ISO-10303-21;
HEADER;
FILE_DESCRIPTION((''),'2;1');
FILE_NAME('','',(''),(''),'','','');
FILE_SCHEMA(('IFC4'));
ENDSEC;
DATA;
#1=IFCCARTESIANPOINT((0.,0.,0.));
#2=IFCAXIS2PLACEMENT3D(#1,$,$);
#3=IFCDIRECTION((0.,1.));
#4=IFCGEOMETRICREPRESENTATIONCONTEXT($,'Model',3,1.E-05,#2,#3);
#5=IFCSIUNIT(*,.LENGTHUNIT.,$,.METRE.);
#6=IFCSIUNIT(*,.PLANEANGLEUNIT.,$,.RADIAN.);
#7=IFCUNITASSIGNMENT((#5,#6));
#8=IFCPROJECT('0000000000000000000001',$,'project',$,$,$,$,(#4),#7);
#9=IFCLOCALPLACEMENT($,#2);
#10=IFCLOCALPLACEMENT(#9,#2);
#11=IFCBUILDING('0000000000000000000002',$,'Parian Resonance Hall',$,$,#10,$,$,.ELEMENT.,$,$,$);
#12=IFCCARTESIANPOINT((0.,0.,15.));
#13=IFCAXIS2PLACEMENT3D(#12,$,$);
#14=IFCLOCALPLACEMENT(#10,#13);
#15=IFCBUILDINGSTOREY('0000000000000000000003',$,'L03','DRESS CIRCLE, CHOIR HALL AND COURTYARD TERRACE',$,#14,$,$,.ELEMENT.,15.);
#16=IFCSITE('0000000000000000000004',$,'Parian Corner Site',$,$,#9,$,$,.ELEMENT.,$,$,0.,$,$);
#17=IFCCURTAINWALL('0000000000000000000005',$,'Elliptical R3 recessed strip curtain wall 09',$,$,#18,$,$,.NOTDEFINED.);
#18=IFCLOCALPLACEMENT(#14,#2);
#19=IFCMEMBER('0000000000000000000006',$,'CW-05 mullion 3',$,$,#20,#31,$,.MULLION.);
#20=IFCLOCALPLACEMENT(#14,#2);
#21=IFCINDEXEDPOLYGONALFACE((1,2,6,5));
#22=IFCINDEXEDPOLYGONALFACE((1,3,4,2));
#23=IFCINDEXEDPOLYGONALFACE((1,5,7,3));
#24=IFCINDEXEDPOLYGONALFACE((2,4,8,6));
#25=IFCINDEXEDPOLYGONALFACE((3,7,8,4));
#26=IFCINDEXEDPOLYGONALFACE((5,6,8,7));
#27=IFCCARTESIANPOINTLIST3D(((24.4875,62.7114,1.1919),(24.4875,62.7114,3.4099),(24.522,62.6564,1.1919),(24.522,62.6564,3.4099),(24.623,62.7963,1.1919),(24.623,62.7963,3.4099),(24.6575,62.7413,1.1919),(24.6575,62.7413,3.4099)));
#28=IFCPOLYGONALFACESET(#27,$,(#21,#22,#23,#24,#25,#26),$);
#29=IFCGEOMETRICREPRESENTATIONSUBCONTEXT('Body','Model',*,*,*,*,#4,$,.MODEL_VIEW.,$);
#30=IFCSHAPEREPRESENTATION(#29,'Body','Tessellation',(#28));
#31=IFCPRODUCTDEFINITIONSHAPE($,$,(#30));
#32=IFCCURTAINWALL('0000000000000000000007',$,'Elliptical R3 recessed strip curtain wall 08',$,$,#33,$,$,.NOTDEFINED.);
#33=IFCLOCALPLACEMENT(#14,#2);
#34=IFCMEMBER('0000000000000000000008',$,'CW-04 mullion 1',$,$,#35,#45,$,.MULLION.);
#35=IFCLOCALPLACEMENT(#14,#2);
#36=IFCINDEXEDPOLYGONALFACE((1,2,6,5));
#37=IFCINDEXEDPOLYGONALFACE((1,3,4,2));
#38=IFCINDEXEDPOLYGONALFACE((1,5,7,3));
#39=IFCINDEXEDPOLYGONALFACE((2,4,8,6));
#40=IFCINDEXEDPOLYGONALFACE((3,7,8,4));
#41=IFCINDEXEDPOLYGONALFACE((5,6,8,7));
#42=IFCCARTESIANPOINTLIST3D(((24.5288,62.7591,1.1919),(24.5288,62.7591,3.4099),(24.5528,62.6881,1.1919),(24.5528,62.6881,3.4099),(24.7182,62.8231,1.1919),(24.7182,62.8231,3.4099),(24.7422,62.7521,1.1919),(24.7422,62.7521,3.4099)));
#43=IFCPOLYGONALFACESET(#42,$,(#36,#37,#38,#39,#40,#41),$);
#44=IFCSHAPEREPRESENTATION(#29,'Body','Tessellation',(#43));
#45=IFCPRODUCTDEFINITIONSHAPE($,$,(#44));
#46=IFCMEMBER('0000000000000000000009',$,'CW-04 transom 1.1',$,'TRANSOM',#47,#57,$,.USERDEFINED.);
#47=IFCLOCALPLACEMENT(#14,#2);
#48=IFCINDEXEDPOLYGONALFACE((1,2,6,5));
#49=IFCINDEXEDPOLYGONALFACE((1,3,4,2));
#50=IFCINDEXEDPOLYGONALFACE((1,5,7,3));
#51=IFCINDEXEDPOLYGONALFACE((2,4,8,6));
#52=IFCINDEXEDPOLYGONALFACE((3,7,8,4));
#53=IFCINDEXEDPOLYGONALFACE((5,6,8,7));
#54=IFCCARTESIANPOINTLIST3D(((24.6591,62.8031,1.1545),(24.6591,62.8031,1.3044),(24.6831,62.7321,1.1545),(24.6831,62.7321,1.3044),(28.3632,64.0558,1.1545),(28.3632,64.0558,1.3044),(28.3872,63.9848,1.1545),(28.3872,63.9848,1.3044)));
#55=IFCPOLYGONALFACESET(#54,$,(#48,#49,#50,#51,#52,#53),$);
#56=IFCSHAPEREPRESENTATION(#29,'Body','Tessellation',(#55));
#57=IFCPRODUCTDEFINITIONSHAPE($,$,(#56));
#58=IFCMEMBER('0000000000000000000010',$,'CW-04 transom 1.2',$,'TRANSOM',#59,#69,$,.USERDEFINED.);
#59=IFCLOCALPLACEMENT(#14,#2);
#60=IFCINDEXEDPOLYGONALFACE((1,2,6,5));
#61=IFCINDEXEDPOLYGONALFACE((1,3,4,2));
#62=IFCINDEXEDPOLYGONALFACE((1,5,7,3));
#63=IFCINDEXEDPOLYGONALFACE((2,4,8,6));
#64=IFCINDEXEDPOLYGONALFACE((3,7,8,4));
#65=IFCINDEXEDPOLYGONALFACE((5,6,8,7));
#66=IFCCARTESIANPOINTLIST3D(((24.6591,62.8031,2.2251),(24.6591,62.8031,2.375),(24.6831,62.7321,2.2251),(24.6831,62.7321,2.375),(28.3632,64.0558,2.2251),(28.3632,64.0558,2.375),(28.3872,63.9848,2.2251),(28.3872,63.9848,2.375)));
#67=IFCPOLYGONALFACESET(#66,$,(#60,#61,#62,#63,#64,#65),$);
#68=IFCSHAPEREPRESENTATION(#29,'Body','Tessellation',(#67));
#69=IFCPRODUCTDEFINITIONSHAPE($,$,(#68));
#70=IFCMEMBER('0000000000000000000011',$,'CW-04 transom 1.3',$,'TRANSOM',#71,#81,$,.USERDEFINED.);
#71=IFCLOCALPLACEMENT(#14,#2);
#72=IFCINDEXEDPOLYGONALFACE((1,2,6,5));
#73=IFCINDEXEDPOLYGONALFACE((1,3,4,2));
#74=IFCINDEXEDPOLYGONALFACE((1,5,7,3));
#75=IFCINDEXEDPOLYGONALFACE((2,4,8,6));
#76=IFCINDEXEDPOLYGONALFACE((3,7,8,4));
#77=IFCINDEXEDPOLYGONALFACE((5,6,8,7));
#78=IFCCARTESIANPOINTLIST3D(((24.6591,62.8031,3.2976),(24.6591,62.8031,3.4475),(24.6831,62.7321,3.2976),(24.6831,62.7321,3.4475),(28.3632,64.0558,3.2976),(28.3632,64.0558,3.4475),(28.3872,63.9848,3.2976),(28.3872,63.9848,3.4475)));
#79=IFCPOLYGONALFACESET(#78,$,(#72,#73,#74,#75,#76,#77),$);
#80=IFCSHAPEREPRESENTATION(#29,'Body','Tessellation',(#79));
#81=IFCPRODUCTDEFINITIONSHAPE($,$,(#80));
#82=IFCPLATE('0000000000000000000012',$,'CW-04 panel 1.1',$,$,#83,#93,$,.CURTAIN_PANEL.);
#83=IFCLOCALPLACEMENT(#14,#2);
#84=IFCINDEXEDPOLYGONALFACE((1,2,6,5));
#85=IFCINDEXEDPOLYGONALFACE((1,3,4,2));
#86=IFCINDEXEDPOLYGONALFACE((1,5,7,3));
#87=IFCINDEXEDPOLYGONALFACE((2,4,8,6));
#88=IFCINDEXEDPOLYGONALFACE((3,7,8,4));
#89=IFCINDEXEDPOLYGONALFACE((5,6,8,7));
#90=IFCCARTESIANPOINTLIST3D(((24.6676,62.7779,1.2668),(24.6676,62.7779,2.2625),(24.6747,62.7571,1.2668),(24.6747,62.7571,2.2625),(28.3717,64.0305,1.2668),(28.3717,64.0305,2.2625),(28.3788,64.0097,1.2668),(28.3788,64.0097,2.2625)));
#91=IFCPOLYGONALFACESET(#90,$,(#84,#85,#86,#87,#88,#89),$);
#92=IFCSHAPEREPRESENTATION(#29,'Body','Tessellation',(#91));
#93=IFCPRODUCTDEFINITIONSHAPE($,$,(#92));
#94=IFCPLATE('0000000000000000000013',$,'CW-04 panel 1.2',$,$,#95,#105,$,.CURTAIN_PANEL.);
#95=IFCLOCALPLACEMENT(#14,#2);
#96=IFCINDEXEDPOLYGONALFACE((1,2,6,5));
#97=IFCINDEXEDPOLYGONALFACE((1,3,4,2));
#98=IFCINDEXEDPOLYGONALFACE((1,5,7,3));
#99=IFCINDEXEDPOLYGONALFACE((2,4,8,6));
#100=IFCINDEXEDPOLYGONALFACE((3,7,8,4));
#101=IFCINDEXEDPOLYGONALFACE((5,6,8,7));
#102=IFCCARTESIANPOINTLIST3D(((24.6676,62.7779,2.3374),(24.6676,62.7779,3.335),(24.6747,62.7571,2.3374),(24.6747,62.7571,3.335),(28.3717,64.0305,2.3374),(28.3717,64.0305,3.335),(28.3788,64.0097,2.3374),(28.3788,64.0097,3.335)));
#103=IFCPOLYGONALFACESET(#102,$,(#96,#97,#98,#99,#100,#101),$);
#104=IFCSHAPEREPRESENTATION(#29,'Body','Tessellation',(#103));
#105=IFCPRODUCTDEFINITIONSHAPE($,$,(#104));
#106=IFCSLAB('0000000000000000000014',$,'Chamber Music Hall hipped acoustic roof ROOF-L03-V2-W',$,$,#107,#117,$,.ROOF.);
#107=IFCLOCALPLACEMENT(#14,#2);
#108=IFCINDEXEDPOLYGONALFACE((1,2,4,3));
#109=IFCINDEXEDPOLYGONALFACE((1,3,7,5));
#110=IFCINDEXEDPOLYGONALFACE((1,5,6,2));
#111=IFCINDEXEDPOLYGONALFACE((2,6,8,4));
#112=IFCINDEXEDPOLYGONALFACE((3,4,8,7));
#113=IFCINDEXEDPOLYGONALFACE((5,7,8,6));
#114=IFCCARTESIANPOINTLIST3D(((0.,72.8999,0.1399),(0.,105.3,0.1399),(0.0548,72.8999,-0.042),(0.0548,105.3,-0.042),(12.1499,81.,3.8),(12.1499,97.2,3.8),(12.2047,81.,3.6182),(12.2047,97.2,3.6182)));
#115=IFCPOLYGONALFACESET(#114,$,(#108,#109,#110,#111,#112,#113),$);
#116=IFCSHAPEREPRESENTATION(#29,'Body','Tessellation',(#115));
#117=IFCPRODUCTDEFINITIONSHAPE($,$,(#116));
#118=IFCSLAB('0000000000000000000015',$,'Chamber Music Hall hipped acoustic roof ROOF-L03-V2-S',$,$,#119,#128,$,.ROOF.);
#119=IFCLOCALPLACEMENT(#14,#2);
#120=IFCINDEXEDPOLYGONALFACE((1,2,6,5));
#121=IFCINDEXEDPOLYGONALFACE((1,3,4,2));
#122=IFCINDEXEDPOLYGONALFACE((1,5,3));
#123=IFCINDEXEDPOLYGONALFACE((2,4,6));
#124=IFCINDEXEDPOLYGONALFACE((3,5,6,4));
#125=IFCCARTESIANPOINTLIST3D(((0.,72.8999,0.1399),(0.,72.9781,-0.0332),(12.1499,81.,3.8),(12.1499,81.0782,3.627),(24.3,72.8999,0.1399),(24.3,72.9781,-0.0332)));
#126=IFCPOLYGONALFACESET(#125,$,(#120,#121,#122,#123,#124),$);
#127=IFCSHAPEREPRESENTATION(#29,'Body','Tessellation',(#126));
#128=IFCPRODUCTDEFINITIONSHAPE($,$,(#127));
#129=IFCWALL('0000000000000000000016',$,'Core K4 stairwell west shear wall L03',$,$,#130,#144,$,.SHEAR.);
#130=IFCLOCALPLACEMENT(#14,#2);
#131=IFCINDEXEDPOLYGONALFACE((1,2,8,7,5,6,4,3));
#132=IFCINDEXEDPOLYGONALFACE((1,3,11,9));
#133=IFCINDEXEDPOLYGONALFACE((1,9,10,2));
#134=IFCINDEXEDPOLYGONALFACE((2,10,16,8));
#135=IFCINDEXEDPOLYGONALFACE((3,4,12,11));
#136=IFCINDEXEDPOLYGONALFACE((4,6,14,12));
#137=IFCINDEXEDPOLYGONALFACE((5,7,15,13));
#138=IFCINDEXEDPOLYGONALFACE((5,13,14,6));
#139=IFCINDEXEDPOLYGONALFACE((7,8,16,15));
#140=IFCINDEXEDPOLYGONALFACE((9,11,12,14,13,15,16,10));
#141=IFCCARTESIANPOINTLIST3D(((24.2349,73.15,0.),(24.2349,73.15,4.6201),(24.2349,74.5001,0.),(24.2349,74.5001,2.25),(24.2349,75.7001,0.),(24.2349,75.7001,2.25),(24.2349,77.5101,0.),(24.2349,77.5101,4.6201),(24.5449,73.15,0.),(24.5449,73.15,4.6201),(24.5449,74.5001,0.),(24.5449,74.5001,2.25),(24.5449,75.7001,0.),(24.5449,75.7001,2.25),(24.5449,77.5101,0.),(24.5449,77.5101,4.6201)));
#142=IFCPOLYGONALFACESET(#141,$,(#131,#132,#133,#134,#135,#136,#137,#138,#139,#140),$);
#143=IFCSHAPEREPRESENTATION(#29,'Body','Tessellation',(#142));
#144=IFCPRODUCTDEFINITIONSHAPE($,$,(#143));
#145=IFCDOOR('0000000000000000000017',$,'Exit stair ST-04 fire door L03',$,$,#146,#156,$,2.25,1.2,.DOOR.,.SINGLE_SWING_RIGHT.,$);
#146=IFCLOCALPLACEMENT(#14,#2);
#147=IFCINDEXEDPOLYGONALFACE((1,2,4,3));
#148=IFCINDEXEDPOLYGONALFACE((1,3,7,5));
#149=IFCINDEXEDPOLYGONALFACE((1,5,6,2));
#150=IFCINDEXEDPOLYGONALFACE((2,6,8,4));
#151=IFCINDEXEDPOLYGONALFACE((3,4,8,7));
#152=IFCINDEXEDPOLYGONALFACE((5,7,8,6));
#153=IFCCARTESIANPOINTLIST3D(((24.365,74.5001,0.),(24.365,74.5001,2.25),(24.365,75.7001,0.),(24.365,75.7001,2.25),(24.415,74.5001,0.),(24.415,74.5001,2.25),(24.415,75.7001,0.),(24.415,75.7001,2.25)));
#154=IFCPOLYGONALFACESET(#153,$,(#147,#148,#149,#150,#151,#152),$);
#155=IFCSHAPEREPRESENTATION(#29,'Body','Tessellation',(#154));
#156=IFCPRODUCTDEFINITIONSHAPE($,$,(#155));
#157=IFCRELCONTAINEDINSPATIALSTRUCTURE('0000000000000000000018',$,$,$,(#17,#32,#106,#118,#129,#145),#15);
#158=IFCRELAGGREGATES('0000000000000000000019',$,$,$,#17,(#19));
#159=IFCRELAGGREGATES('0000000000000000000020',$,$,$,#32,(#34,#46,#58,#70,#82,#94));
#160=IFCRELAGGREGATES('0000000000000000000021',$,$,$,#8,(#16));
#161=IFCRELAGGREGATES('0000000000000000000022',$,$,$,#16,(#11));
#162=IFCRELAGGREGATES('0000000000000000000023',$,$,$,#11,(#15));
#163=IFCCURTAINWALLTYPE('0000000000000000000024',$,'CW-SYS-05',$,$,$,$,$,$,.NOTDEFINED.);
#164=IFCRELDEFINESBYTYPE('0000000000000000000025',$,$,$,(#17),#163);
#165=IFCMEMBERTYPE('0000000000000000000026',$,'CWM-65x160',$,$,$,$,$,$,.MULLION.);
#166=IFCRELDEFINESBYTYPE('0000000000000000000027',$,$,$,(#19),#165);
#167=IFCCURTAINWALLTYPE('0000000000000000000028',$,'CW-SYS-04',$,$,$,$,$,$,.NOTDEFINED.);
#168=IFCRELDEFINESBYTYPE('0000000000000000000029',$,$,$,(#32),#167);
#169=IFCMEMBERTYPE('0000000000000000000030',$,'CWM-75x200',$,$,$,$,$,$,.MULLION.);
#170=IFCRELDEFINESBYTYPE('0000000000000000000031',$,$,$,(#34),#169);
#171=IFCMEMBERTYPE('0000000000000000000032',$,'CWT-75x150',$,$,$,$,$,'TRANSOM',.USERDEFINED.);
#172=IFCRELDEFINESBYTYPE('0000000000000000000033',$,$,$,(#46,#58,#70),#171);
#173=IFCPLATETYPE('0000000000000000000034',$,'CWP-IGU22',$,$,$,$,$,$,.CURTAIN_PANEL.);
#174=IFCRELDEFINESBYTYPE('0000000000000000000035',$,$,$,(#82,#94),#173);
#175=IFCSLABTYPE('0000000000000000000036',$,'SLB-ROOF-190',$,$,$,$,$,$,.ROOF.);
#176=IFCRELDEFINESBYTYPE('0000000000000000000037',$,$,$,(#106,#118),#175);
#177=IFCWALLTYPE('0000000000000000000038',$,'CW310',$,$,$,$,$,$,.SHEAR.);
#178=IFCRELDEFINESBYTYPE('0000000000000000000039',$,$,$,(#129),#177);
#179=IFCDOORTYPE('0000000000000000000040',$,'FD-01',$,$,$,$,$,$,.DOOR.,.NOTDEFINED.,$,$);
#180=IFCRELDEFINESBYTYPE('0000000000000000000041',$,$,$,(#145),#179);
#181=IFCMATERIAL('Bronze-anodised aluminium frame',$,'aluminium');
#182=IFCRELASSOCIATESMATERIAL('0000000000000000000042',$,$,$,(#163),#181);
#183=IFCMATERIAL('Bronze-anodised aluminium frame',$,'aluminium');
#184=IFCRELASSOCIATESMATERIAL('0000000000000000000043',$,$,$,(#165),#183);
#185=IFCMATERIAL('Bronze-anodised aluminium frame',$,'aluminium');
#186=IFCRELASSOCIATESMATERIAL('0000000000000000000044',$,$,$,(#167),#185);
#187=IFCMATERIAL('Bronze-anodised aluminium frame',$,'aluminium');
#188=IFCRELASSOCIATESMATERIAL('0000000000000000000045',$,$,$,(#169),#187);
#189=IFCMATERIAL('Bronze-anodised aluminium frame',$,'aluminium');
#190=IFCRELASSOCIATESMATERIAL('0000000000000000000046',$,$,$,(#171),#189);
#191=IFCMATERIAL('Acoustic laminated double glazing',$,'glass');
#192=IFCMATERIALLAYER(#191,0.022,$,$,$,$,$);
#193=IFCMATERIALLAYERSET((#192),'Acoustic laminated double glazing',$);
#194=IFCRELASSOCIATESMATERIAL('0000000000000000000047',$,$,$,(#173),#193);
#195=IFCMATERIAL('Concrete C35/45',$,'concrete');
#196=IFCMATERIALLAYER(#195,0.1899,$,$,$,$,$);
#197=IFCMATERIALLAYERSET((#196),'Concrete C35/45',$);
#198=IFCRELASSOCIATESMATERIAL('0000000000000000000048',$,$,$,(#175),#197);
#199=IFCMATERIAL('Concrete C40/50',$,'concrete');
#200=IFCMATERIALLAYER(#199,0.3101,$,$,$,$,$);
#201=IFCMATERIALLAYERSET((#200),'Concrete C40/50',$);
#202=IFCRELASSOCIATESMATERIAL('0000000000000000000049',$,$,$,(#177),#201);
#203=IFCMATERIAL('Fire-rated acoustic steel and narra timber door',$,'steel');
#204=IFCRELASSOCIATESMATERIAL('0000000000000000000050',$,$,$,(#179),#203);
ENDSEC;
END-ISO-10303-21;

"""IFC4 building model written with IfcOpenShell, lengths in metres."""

from ifc_helpers import new_model, si_unit, direction, frame, frame_2d, origin, origin_2d, place, context, subcontext, project, spatial, polyline, rectangle, outline, extrude, material, layer, layer_set, material_profile, profile_set, type_object, element, fill, aggregate, save


model = new_model("IFC4")

# Units and contexts
model_context = context("Model", 3, precision=1e-05, world=origin(), true_north=direction((0.0, 1.0)))
body_context = subcontext(model_context, "Body", "Model", "MODEL_VIEW")
ifc_project = project(units=[si_unit("LENGTHUNIT", "METRE"), si_unit("PLANEANGLEUNIT", "RADIAN")], contexts=[model_context])

# Site, building, storey
site_placement = place(None, origin())
site = spatial("IfcSite", under=ifc_project, at=site_placement, Name="Parian Corner Site", CompositionType="ELEMENT", RefElevation=0.0)
building_placement = place(site_placement, origin())
building = spatial("IfcBuilding", under=site, at=building_placement, Name="Parian Resonance Hall", CompositionType="ELEMENT")
storey_placement = place(building_placement, frame((0.0, 0.0, 15.0)))
storey = spatial("IfcBuildingStorey", under=building, at=storey_placement, Name="L03", Description="DRESS CIRCLE, CHOIR HALL AND COURTYARD TERRACE", CompositionType="ELEMENT", Elevation=15.0)

# Curtain wall, member
ifc_material_1 = material(Name="Bronze-anodised aluminium frame", Category="aluminium")
curtain_wall_type_1 = type_object("IfcCurtainWallType", Name="CW-SYS-05", PredefinedType="NOTDEFINED", material=ifc_material_1)
curtain_wall_1_placement = place(storey_placement, origin())
curtain_wall_1 = element("IfcCurtainWall", 1, at=curtain_wall_1_placement, inside=storey, type_object=curtain_wall_type_1, Name="Elliptical R3 recessed strip curtain wall 09", PredefinedType="NOTDEFINED")
ifc_material_2 = material(Name="Bronze-anodised aluminium frame", Category="aluminium")
ifc_material_profile_1 = material_profile(ifc_material_2, rectangle(XDim=0.0649, YDim=0.1599, at=origin_2d()), Name="CWM-65x160")
ifc_profile_set_1 = profile_set([ifc_material_profile_1], Name="Bronze-anodised aluminium frame")
member_type_1 = type_object("IfcMemberType", Name="CWM-65x160", PredefinedType="MULLION", material=ifc_profile_set_1)
member_1_placement = place(storey_placement, frame((24.5725, 62.7263, 1.1919), z_axis=(0.0, 0.0, 1.0), x_axis=(-0.530904, 0.847432, 0.0)))
member_1 = element("IfcMember", 2, at=member_1_placement, type_object=member_type_1, Name="CW-05 mullion 3", PredefinedType="MULLION", context=body_context, shape_type="SweptSolid", body=[
    extrude(rectangle(XDim=0.0649, YDim=0.1599, at=origin_2d()), origin(), (0.0, 0.0, 1.0), 2.218),
])
aggregate(curtain_wall_1, [member_1])

# Curtain wall, members, plates
ifc_material_3 = material(Name="Bronze-anodised aluminium frame", Category="aluminium")
curtain_wall_type_2 = type_object("IfcCurtainWallType", Name="CW-SYS-04", PredefinedType="NOTDEFINED", material=ifc_material_3)
curtain_wall_2_placement = place(storey_placement, origin())
curtain_wall_2 = element("IfcCurtainWall", 3, at=curtain_wall_2_placement, inside=storey, type_object=curtain_wall_type_2, Name="Elliptical R3 recessed strip curtain wall 08", PredefinedType="NOTDEFINED")
ifc_material_4 = material(Name="Bronze-anodised aluminium frame", Category="aluminium")
ifc_material_profile_2 = material_profile(ifc_material_4, rectangle(XDim=0.075, YDim=0.2, at=origin_2d()), Name="CWM-75x200")
ifc_profile_set_2 = profile_set([ifc_material_profile_2], Name="Bronze-anodised aluminium frame")
member_type_2 = type_object("IfcMemberType", Name="CWM-75x200", PredefinedType="MULLION", material=ifc_profile_set_2)
member_2_placement = place(storey_placement, frame((24.6355, 62.7556, 1.1919), z_axis=(0.0, 0.0, 1.0), x_axis=(-0.32036, 0.947296, 0.0)))
member_2 = element("IfcMember", 4, at=member_2_placement, type_object=member_type_2, Name="CW-04 mullion 1", PredefinedType="MULLION", context=body_context, shape_type="SweptSolid", body=[
    extrude(rectangle(XDim=0.075, YDim=0.2, at=origin_2d()), origin(), (0.0, 0.0, 1.0), 2.218),
])
ifc_material_5 = material(Name="Bronze-anodised aluminium frame", Category="aluminium")
ifc_material_profile_3 = material_profile(ifc_material_5, rectangle(XDim=0.075, YDim=0.1499, at=origin_2d()), Name="CWT-75x150")
ifc_profile_set_3 = profile_set([ifc_material_profile_3], Name="Bronze-anodised aluminium frame")
member_type_3 = type_object("IfcMemberType", Name="CWT-75x150", ElementType="TRANSOM", PredefinedType="USERDEFINED", material=ifc_profile_set_3)
member_3_placement = place(storey_placement, frame((24.6711, 62.7676, 1.2295), z_axis=(0.947294, 0.320364, 0.0), x_axis=(-0.320364, 0.947294, 0.0)))
member_3 = element("IfcMember", 5, at=member_3_placement, type_object=member_type_3, Name="CW-04 transom 1.1", ObjectType="TRANSOM", PredefinedType="USERDEFINED", context=body_context, shape_type="SweptSolid", body=[
    extrude(rectangle(XDim=0.075, YDim=0.1499, at=origin_2d()), origin(), (0.0, 0.0, 1.0), 3.9102),
])
member_4_placement = place(storey_placement, frame((24.6711, 62.7676, 2.3), z_axis=(0.947294, 0.320364, 0.0), x_axis=(-0.320364, 0.947294, 0.0)))
member_4 = element("IfcMember", 6, at=member_4_placement, type_object=member_type_3, Name="CW-04 transom 1.2", ObjectType="TRANSOM", PredefinedType="USERDEFINED", context=body_context, shape_type="SweptSolid", body=[
    extrude(rectangle(XDim=0.075, YDim=0.1499, at=origin_2d()), origin(), (0.0, 0.0, 1.0), 3.9102),
])
member_5_placement = place(storey_placement, frame((24.6711, 62.7676, 3.3726), z_axis=(0.947294, 0.320364, 0.0), x_axis=(-0.320364, 0.947294, 0.0)))
member_5 = element("IfcMember", 7, at=member_5_placement, type_object=member_type_3, Name="CW-04 transom 1.3", ObjectType="TRANSOM", PredefinedType="USERDEFINED", context=body_context, shape_type="SweptSolid", body=[
    extrude(rectangle(XDim=0.075, YDim=0.1499, at=origin_2d()), origin(), (0.0, 0.0, 1.0), 3.9102),
])
ifc_material_6 = material(Name="Acoustic laminated double glazing", Category="glass")
ifc_layer_1 = layer(ifc_material_6, 0.022)
ifc_layer_set_1 = layer_set([ifc_layer_1], Name="Acoustic laminated double glazing")
plate_type = type_object("IfcPlateType", Name="CWP-IGU22", PredefinedType="CURTAIN_PANEL", material=ifc_layer_set_1)
plate_1_placement = place(storey_placement, frame((26.5232, 63.3938, 1.2668), z_axis=(0.0, 0.0, 1.0), x_axis=(0.947296, 0.32036, 0.0)))
plate_1 = element("IfcPlate", 8, at=plate_1_placement, type_object=plate_type, Name="CW-04 panel 1.1", PredefinedType="CURTAIN_PANEL", context=body_context, shape_type="SweptSolid", body=[
    extrude(rectangle(XDim=3.9102, YDim=0.022, at=origin_2d()), origin(), (0.0, 0.0, 1.0), 0.9956),
])
plate_2_placement = place(storey_placement, frame((26.5232, 63.3938, 2.3374), z_axis=(0.0, 0.0, 1.0), x_axis=(0.947296, 0.32036, 0.0)))
plate_2 = element("IfcPlate", 9, at=plate_2_placement, type_object=plate_type, Name="CW-04 panel 1.2", PredefinedType="CURTAIN_PANEL", context=body_context, shape_type="SweptSolid", body=[
    extrude(rectangle(XDim=3.9102, YDim=0.022, at=origin_2d()), origin(), (0.0, 0.0, 1.0), 0.9976),
])
aggregate(curtain_wall_2, [member_2, member_3, member_4, member_5, plate_1, plate_2])

# Slabs
ifc_material_7 = material(Name="Concrete C35/45", Category="concrete")
ifc_layer_2 = layer(ifc_material_7, 0.1899)
ifc_layer_set_2 = layer_set([ifc_layer_2], Name="Concrete C35/45")
slab_type = type_object("IfcSlabType", Name="SLB-ROOF-190", PredefinedType="ROOF", material=ifc_layer_set_2)
slab_1_placement = place(storey_placement, frame((0.0, 72.8999, 0.1399), z_axis=(-0.288446, 0.0, 0.957496), x_axis=(0.807078, 0.538063, 0.243132)))
element("IfcSlab", 10, at=slab_1_placement, inside=storey, type_object=slab_type, Name="Chamber Music Hall hipped acoustic roof ROOF-L03-V2-W", PredefinedType="ROOF", context=body_context, shape_type="SweptSolid", body=[
    extrude(outline(polyline([(0.0, 0.0), (15.0542, 0.0), (23.7708, 13.655), (17.4333, 27.3102), (0.0, 0.0)])), origin(), (0.0, 0.0, -1.0), 0.1899),
])
slab_2_placement = place(storey_placement, frame((0.0, 72.8999, 0.1399), z_axis=(0.0, -0.411778, 0.911284), x_axis=(1.0, 0.0, 0.0)))
element("IfcSlab", 11, at=slab_2_placement, inside=storey, type_object=slab_type, Name="Chamber Music Hall hipped acoustic roof ROOF-L03-V2-S", PredefinedType="ROOF", context=body_context, shape_type="SweptSolid", body=[
    extrude(outline(polyline([(0.0, 0.0), (24.3, 0.0), (12.1499, 8.8887), (0.0, 0.0)])), origin(), (0.0, 0.0, -1.0), 0.1899),
])

# Wall, opening, door
ifc_material_8 = material(Name="Concrete C40/50", Category="concrete")
ifc_layer_3 = layer(ifc_material_8, 0.3101)
ifc_layer_set_3 = layer_set([ifc_layer_3], Name="Concrete C40/50")
wall_type_1 = type_object("IfcWallType", Name="CW310", PredefinedType="SHEAR", material=ifc_layer_set_3)
wall_1_placement = place(storey_placement, frame((24.3899, 73.1499, 0.0), z_axis=(0.0, 0.0, 1.0), x_axis=(0.0, 1.0, 0.0)))
wall_1 = element("IfcWall", 12, at=wall_1_placement, inside=storey, type_object=wall_type_1, Name="Core K4 stairwell west shear wall L03", PredefinedType="SHEAR", context=body_context, shape_type="SweptSolid", body=[
    extrude(rectangle(XDim=4.3601, YDim=0.3101, at=frame_2d((2.1802, 0.0))), origin(), (0.0, 0.0, 1.0), 4.6201),
])
opening_1_placement = place(wall_1_placement, frame((1.3501, 0.0, 0.0)))
opening_1 = element("IfcOpeningElement", 13, at=opening_1_placement, cuts=wall_1, PredefinedType="OPENING", context=body_context, shape_type="SweptSolid", body=[
    extrude(rectangle(XDim=1.2, YDim=2.25, at=frame_2d((0.6001, 1.125))), frame((0.0, 0.165, 0.0), z_axis=(0.0, -1.0, 0.0), x_axis=(1.0, 0.0, 0.0)), (0.0, 0.0, 1.0), 0.3301),
])
ifc_material_9 = material(Name="Fire-rated acoustic steel and narra timber door", Category="steel")
door_type_1 = type_object("IfcDoorType", Name="FD-01", OperationType="NOTDEFINED", PredefinedType="DOOR", material=ifc_material_9)
door_1_placement = place(opening_1_placement, origin())
door_1 = element("IfcDoor", 14, at=door_1_placement, inside=storey, type_object=door_type_1, Name="Exit stair ST-04 fire door L03", OperationType="SINGLE_SWING_RIGHT", OverallHeight=2.25, OverallWidth=1.2, PredefinedType="DOOR", context=body_context, shape_type="SweptSolid", body=[
    extrude(rectangle(XDim=1.2, YDim=2.25, at=frame_2d((0.6001, 1.125))), frame((0.0, 0.0249, 0.0), z_axis=(0.0, -1.0, 0.0), x_axis=(1.0, 0.0, 0.0)), (0.0, 0.0, 1.0), 0.05),
])
fill(opening_1, door_1)

save(model, "model.ifc")
